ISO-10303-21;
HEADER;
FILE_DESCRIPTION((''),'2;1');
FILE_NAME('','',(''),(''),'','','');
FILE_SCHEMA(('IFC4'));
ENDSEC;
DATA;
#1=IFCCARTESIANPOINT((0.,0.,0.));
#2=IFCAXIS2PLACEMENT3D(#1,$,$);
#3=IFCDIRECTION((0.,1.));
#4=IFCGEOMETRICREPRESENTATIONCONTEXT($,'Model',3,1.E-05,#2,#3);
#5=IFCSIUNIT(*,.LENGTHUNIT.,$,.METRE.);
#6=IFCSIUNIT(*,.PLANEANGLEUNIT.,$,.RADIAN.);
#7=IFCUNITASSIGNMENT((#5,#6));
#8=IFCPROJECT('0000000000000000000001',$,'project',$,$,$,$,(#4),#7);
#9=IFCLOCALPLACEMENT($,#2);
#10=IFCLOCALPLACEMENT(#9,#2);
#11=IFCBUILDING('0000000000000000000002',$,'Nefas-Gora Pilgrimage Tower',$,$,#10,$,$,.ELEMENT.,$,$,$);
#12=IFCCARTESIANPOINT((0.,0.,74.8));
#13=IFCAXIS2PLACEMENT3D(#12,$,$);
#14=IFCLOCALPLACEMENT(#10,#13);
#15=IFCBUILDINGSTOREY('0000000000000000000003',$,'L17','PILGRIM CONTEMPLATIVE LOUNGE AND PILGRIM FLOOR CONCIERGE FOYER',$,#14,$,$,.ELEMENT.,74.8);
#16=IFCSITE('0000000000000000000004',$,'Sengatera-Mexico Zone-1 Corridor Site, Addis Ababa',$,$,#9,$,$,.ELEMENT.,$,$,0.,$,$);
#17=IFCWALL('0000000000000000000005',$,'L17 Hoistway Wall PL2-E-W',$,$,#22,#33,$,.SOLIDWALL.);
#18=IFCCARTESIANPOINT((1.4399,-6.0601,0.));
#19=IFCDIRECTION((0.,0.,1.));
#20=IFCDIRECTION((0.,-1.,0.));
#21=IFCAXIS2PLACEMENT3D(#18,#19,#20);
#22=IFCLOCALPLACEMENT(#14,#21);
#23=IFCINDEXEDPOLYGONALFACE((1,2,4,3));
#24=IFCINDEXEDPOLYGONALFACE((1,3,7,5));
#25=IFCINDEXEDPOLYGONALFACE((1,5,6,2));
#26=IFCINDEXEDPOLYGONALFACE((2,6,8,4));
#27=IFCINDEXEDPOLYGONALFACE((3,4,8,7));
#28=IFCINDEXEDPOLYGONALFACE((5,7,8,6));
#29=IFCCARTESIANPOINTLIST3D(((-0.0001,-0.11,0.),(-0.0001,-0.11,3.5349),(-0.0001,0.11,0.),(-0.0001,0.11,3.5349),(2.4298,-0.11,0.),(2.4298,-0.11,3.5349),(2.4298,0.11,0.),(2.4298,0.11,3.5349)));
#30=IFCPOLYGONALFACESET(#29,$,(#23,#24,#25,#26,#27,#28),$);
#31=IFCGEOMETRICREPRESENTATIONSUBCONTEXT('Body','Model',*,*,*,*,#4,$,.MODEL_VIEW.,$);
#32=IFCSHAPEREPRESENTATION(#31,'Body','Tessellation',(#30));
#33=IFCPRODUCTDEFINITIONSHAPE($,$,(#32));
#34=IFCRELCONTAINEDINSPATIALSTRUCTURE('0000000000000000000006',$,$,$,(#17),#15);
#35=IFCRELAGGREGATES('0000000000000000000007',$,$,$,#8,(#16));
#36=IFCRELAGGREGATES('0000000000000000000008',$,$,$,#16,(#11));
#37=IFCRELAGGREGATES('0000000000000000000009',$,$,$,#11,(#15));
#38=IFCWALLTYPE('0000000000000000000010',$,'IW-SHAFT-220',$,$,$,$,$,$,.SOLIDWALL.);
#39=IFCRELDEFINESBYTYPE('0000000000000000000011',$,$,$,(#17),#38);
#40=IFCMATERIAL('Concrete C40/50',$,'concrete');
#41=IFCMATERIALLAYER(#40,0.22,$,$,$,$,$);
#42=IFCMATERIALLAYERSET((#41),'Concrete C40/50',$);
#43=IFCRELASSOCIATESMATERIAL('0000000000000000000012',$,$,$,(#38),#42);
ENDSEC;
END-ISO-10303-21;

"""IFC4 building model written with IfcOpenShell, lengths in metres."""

from ifc_helpers import new_model, si_unit, direction, frame, frame_2d, origin, place, context, subcontext, project, spatial, rectangle, extrude, source, transform, mapped, material, layer, layer_set, type_object, element, save


model = new_model("IFC4")

# Units and contexts
model_context = context("Model", 3, precision=1e-05, world=origin(), true_north=direction((0.0, 1.0)))
body_context = subcontext(model_context, "Body", "Model", "MODEL_VIEW")
ifc_project = project(units=[si_unit("LENGTHUNIT", "METRE"), si_unit("PLANEANGLEUNIT", "RADIAN")], contexts=[model_context])

# Site, building, storey
site_placement = place(None, origin())
site = spatial("IfcSite", under=ifc_project, at=site_placement, Name="Sengatera-Mexico Zone-1 Corridor Site, Addis Ababa", CompositionType="ELEMENT", RefElevation=0.0)
building_placement = place(site_placement, origin())
building = spatial("IfcBuilding", under=site, at=building_placement, Name="Nefas-Gora Pilgrimage Tower", CompositionType="ELEMENT")
storey_placement = place(building_placement, frame((0.0, 0.0, 74.8)))
storey = spatial("IfcBuildingStorey", under=building, at=storey_placement, Name="L17", Description="PILGRIM CONTEMPLATIVE LOUNGE AND PILGRIM FLOOR CONCIERGE FOYER", CompositionType="ELEMENT", Elevation=74.8)

# Shared definitions
ifc_material_1 = material(Name="Concrete C40/50", Category="concrete")
ifc_layer_1 = layer(ifc_material_1, 0.22)
ifc_layer_set_1 = layer_set([ifc_layer_1], Name="Concrete C40/50")
wall_type_1 = type_object("IfcWallType", Name="IW-SHAFT-220", PredefinedType="SOLIDWALL", material=ifc_layer_set_1)

# Wall
shared_shape_1 = source(origin(), body_context, "Body", "SweptSolid", [
    extrude(rectangle(XDim=2.4299, YDim=0.22, at=frame_2d((1.2148, 0.0))), origin(), (0.0, 0.0, 1.0), 3.5349),
])
for number, where, z_axis, x_axis, name in (
    (1, (1.4399, -6.0601, 0.0), (0.0, 0.0, 1.0), (0.0, -1.0, 0.0), "L17 Hoistway Wall PL2-E-W"),
):
    element("IfcWall", number, at=place(storey_placement, frame(where, z_axis=z_axis, x_axis=x_axis)), inside=storey, type_object=wall_type_1, Name=name, PredefinedType="SOLIDWALL", context=body_context, shape_type="MappedRepresentation", body=[
        mapped(shared_shape_1, transform((0.0, 0.0, 0.0), x_axis=(1.0, 0.0, 0.0), y_axis=(0.0, 1.0, 0.0), z_axis=(0.0, 0.0, 1.0), scale=1.0)),
    ])

save(model, "model.ifc")
